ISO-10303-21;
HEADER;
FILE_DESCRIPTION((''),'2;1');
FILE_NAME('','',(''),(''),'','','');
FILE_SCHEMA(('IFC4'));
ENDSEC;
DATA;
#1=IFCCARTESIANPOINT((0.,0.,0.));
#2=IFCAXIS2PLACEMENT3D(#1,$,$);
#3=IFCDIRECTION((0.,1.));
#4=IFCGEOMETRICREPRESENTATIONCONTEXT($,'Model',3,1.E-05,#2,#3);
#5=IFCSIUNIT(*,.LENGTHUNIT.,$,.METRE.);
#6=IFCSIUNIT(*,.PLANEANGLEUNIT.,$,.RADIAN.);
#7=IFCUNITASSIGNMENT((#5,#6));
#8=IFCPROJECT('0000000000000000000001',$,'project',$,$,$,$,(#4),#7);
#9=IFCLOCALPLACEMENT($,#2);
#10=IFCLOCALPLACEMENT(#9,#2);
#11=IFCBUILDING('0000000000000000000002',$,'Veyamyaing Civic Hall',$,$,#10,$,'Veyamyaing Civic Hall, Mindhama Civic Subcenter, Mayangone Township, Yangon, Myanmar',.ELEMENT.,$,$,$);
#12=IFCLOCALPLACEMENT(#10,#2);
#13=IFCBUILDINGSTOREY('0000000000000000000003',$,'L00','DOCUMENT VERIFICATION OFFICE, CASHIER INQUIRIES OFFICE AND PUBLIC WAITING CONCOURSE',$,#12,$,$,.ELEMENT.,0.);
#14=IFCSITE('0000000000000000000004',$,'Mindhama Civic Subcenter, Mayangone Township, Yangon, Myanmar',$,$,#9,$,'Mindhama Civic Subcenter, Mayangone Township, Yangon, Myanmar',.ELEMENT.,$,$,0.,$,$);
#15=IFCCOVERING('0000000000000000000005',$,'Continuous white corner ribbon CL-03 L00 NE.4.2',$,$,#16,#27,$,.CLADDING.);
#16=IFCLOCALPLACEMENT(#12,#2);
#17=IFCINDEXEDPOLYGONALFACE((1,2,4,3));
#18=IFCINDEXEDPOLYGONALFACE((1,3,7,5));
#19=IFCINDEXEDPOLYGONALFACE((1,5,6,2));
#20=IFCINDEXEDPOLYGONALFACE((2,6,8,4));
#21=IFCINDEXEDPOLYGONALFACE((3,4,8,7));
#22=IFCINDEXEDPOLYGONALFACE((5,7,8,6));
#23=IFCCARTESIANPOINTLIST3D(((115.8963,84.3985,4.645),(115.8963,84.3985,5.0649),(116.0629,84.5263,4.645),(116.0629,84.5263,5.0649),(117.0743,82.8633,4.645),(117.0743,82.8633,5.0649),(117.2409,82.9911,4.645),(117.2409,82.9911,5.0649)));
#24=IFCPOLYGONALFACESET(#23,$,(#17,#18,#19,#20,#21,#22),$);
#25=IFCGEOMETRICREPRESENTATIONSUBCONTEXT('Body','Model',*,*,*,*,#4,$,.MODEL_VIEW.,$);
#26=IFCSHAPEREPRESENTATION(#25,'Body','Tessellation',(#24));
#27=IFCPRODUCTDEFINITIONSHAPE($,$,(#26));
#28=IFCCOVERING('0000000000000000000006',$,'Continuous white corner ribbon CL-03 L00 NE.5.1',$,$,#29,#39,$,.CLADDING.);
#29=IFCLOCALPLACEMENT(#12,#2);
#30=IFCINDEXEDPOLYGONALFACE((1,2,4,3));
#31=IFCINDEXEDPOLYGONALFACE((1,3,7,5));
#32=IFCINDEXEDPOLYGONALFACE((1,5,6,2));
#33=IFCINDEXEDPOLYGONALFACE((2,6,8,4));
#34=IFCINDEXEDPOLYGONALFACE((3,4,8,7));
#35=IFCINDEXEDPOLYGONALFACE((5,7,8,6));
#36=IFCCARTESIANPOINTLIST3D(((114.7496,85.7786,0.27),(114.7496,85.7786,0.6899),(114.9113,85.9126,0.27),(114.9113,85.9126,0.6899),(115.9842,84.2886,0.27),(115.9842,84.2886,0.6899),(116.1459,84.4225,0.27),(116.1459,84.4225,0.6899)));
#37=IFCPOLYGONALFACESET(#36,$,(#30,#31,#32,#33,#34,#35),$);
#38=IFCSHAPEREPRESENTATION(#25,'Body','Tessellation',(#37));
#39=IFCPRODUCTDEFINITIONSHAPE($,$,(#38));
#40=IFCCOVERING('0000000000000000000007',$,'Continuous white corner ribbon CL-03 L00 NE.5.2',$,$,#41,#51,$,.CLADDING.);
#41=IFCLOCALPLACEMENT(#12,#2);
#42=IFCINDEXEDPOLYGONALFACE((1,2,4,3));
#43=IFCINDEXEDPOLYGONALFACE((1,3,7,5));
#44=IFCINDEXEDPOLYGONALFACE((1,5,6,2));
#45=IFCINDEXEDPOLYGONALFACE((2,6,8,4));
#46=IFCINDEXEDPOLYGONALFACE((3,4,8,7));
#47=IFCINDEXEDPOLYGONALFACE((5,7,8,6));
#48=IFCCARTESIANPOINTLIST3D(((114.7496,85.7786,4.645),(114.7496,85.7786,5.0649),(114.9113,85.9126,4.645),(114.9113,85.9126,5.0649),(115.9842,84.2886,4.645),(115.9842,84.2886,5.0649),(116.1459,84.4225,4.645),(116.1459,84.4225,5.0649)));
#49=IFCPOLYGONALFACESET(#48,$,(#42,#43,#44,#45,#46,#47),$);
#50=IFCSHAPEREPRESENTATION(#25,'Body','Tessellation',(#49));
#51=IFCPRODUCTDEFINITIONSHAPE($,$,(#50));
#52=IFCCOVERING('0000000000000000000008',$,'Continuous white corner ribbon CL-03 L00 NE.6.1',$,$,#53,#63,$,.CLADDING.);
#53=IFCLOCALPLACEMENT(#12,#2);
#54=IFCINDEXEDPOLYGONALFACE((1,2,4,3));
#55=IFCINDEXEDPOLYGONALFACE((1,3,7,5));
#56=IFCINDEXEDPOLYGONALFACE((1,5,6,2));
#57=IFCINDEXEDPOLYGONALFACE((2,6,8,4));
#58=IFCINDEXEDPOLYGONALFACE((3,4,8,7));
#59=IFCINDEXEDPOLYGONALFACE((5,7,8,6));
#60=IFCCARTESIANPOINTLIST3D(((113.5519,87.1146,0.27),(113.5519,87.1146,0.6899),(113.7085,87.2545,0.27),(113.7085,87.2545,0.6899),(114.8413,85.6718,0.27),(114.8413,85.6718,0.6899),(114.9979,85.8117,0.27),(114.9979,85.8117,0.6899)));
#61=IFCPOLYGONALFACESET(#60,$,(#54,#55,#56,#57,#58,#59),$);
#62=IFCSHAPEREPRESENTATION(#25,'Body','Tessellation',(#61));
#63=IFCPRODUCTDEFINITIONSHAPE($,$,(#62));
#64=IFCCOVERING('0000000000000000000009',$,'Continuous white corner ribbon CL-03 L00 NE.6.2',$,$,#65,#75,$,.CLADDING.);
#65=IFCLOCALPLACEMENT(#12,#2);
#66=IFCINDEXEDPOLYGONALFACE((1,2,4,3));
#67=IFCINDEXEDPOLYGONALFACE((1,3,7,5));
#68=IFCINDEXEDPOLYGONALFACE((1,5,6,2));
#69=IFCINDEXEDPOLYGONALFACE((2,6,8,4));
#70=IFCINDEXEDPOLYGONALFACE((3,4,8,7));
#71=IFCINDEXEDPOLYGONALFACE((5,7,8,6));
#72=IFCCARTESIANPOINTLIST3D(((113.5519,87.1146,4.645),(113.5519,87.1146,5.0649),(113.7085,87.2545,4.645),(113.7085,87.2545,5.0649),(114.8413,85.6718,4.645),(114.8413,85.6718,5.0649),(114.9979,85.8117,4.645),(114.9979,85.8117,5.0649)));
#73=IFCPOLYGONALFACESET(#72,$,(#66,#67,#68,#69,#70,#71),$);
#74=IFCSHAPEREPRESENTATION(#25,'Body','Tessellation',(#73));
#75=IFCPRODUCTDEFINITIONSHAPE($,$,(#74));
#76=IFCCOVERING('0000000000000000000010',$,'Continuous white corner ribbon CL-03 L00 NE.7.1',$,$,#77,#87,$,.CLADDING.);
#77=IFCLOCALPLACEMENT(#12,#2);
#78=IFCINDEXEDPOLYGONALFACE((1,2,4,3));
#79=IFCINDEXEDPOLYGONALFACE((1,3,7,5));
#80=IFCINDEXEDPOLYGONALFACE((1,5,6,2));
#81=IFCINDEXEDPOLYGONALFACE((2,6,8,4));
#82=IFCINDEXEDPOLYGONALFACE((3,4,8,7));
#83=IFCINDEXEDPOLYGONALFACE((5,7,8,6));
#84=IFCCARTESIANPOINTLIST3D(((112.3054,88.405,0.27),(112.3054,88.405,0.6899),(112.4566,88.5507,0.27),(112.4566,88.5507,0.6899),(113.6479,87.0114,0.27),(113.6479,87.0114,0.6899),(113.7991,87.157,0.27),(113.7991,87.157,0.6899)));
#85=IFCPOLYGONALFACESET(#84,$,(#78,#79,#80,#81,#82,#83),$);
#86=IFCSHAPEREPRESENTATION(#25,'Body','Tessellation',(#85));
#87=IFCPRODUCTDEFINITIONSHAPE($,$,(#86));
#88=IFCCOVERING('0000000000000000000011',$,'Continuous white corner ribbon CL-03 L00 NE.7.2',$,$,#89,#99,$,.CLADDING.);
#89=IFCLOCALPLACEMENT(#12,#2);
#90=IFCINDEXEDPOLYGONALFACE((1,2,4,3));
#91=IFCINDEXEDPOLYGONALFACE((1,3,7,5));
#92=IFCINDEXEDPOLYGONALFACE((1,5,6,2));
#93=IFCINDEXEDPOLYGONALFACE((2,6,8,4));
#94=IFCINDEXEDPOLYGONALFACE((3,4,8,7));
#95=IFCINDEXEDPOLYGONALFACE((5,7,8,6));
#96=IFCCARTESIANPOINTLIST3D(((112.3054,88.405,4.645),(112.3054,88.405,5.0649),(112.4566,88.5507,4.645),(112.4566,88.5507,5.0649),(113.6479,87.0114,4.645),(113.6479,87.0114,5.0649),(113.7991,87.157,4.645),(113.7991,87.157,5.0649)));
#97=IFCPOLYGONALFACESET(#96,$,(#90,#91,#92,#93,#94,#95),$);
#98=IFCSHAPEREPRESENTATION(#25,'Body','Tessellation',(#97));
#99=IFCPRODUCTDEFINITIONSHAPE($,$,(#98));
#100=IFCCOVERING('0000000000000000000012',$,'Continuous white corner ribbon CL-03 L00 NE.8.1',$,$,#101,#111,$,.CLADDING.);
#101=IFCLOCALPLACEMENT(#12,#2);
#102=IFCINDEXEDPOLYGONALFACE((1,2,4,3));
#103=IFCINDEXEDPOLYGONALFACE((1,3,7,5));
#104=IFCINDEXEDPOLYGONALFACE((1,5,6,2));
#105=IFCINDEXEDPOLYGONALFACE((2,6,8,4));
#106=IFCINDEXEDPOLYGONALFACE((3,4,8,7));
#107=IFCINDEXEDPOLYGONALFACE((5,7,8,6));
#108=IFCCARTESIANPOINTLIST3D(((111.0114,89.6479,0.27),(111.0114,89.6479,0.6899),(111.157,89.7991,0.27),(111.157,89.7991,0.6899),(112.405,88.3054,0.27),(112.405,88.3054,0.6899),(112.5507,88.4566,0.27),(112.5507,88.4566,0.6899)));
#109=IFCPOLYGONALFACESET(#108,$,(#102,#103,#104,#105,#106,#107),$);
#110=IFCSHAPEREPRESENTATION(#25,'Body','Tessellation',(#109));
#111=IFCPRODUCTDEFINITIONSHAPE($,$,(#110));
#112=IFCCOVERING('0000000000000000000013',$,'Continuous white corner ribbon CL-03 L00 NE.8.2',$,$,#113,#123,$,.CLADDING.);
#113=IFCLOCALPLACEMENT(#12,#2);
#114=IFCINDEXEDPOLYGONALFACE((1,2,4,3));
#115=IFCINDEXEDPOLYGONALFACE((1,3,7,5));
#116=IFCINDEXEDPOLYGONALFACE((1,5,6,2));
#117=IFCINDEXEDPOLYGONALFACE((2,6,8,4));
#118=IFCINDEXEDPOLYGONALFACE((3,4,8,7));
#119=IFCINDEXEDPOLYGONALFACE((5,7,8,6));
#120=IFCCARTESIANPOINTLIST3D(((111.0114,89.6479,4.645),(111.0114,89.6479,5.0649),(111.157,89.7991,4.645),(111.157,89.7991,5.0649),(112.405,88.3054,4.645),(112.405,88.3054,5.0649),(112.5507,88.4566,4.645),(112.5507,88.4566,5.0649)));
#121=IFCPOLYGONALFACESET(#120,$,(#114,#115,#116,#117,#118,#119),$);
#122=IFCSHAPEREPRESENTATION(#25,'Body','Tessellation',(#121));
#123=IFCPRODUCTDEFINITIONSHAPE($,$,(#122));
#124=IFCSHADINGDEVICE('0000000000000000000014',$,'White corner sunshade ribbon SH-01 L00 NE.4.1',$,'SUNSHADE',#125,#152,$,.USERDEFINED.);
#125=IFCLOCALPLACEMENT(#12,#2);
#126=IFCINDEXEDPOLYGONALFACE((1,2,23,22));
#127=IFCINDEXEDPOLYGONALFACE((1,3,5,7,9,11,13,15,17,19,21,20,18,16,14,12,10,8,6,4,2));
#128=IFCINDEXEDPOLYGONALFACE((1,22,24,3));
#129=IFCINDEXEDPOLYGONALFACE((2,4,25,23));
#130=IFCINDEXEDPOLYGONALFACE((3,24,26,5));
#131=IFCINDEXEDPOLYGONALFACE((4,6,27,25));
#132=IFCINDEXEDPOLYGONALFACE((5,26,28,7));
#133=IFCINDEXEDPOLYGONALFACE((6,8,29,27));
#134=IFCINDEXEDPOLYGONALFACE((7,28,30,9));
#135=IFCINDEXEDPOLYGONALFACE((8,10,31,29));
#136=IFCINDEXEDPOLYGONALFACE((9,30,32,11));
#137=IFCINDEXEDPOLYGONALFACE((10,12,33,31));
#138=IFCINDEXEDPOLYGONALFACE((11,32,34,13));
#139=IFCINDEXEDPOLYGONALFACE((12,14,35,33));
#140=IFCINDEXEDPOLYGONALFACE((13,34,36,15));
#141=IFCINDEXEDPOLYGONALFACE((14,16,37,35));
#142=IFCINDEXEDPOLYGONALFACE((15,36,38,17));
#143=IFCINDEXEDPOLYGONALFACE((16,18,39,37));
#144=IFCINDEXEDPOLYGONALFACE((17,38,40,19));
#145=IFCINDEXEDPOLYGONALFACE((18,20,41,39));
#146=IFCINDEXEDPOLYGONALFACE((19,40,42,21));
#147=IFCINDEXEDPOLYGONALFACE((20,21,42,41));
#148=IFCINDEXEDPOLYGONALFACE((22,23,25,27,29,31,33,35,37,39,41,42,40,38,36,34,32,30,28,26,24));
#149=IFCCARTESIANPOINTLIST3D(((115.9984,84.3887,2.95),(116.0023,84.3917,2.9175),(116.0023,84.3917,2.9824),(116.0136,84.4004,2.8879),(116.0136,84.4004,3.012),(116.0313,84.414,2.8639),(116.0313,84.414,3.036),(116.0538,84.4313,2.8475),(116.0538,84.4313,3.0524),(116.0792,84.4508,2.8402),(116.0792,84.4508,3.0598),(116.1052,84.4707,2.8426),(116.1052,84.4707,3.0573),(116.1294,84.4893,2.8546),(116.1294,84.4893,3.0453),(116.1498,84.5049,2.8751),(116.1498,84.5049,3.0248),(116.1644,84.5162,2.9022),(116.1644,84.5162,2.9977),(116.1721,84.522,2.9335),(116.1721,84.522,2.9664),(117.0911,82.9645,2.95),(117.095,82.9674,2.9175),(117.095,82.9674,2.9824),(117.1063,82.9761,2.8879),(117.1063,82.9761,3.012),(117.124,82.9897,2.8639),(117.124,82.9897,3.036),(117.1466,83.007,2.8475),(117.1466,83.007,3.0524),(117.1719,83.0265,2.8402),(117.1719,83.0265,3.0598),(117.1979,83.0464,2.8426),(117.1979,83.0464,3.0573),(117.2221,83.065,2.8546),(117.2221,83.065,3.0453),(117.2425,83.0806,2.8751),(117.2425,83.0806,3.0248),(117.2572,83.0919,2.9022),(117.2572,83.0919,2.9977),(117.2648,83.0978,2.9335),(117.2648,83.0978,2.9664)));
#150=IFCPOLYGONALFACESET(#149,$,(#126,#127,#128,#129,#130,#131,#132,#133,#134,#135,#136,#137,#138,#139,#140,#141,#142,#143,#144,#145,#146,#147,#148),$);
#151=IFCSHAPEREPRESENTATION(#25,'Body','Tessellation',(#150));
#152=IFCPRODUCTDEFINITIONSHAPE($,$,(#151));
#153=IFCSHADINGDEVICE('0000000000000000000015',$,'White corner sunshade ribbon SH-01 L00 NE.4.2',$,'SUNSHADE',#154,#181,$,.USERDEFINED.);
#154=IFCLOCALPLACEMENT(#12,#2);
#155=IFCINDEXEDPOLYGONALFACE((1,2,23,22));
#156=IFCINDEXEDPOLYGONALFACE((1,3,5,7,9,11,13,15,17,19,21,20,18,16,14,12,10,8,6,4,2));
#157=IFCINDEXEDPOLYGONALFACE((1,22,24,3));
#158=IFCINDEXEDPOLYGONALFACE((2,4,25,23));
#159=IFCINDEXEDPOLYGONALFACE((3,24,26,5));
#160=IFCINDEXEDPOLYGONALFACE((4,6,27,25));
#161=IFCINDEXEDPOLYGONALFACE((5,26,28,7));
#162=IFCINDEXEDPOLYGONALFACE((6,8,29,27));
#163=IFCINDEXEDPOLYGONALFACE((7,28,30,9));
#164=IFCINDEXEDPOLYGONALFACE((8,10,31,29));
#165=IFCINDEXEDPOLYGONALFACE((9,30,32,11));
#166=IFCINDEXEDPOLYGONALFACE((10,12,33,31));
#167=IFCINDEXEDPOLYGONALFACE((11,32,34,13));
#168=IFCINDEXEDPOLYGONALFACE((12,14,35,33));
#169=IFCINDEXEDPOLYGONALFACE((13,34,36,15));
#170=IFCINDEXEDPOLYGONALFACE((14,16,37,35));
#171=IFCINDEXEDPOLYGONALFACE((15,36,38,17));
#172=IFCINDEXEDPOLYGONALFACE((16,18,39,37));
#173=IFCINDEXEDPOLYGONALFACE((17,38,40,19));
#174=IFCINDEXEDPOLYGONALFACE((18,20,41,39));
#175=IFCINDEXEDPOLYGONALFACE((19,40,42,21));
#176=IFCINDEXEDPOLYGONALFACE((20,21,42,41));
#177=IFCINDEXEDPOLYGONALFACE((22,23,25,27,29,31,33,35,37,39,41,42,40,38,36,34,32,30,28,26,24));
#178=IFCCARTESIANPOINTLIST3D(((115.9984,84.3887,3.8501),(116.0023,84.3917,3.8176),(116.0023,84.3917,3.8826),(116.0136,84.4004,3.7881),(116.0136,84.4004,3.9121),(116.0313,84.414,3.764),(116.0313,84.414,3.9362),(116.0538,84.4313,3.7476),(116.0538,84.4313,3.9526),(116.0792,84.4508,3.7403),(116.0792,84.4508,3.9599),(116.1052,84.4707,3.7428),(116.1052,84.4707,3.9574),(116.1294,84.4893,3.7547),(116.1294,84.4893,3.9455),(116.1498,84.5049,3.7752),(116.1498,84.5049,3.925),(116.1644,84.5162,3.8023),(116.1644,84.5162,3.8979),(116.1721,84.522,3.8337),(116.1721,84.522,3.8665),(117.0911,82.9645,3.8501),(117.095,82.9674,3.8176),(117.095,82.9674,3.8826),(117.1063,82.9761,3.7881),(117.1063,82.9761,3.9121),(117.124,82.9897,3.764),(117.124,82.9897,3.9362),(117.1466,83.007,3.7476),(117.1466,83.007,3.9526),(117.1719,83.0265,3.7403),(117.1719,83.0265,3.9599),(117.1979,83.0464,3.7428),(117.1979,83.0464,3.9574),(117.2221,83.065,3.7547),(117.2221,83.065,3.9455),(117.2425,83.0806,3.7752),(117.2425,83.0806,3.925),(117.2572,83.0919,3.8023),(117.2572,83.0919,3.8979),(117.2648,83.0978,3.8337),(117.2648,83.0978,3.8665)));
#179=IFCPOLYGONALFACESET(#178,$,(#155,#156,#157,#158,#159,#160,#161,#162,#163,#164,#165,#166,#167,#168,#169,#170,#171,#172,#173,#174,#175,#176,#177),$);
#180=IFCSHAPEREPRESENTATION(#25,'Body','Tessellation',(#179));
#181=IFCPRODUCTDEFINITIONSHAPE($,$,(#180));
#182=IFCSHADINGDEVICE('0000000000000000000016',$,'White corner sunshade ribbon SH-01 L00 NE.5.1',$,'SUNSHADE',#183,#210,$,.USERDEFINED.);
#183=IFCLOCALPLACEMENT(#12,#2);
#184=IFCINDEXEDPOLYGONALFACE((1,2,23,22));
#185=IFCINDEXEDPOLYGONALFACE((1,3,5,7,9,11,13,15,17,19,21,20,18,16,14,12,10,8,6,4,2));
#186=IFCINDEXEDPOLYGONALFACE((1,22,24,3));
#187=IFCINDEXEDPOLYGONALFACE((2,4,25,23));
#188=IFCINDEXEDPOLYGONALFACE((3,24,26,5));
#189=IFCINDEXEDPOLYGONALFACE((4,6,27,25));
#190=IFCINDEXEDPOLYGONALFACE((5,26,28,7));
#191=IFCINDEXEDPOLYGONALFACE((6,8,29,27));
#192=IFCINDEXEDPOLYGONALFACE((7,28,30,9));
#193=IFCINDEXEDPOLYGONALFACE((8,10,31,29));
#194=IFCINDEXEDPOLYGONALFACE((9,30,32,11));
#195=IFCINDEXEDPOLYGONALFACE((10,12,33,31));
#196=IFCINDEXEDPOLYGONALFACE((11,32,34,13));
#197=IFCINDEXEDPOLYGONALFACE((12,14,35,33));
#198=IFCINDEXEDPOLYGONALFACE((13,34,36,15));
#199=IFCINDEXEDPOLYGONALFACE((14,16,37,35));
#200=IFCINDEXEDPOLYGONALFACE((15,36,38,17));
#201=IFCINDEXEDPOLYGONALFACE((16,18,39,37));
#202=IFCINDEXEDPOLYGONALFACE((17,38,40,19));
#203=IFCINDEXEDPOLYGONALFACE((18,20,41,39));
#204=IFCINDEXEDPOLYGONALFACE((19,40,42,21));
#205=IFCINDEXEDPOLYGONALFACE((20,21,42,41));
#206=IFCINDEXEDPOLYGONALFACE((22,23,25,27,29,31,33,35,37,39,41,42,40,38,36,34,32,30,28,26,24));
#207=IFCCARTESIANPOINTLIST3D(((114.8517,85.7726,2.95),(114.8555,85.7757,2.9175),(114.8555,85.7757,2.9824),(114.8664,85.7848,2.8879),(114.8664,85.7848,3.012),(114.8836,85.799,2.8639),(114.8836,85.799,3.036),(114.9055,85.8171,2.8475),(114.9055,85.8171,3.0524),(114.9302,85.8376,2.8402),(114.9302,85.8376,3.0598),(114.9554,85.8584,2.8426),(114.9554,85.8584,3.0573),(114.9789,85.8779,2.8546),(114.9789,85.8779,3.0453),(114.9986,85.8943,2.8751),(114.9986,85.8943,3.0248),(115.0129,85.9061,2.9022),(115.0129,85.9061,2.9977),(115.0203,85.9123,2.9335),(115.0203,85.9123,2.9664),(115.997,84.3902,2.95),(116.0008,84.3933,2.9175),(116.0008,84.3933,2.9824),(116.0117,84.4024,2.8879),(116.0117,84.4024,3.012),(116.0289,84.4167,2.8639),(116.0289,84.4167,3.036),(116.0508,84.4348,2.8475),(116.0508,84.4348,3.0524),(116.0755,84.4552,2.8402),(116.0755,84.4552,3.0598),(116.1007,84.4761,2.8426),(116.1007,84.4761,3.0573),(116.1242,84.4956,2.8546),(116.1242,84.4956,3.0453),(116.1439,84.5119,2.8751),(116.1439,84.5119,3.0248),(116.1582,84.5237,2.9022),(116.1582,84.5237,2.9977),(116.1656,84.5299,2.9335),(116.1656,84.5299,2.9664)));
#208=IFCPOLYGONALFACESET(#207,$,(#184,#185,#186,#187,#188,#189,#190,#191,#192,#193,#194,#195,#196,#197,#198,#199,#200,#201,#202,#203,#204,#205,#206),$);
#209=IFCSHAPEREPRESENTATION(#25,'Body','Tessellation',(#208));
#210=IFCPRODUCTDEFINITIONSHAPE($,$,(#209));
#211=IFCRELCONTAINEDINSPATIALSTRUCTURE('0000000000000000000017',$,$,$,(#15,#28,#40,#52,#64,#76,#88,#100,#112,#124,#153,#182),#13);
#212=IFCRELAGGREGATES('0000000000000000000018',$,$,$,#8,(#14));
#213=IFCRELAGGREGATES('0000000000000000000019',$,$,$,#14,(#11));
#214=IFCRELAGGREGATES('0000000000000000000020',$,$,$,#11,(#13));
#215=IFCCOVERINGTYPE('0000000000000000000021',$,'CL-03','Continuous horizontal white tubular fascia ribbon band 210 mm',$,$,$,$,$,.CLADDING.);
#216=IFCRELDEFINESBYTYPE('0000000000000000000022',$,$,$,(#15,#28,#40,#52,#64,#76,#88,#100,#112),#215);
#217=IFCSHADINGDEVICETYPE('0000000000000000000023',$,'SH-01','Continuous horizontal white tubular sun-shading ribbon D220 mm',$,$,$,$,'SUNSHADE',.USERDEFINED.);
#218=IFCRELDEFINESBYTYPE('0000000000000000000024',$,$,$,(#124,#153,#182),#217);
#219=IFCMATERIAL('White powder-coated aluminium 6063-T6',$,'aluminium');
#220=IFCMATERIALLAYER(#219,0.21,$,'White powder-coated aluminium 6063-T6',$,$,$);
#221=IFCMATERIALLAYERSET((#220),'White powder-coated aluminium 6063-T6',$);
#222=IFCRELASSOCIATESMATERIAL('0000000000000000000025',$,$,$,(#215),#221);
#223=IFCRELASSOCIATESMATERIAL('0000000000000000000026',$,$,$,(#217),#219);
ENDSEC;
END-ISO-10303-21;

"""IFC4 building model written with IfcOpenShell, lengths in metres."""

from ifc_helpers import new_model, si_unit, direction, frame, origin, origin_2d, place, context, subcontext, project, spatial, rectangle, circle, extrude, material, layer, layer_set, material_profile, profile_set, type_object, element, save


model = new_model("IFC4")

# Units and contexts
model_context = context("Model", 3, precision=1e-05, world=origin(), true_north=direction((0.0, 1.0)))
body_context = subcontext(model_context, "Body", "Model", "MODEL_VIEW")
ifc_project = project(units=[si_unit("LENGTHUNIT", "METRE"), si_unit("PLANEANGLEUNIT", "RADIAN")], contexts=[model_context])

# Site, building, storey
site_placement = place(None, origin())
site = spatial("IfcSite", under=ifc_project, at=site_placement, Name="Mindhama Civic Subcenter, Mayangone Township, Yangon, Myanmar", LongName="Mindhama Civic Subcenter, Mayangone Township, Yangon, Myanmar", CompositionType="ELEMENT", RefElevation=0.0)
building_placement = place(site_placement, origin())
building = spatial("IfcBuilding", under=site, at=building_placement, Name="Veyamyaing Civic Hall", LongName="Veyamyaing Civic Hall, Mindhama Civic Subcenter, Mayangone Township, Yangon, Myanmar", CompositionType="ELEMENT")
storey_placement = place(building_placement, origin())
storey = spatial("IfcBuildingStorey", under=building, at=storey_placement, Name="L00", Description="DOCUMENT VERIFICATION OFFICE, CASHIER INQUIRIES OFFICE AND PUBLIC WAITING CONCOURSE", CompositionType="ELEMENT", Elevation=0.0)

# Coverings
ifc_material_1 = material(Name="White powder-coated aluminium 6063-T6", Category="aluminium")
ifc_layer_1 = layer(ifc_material_1, 0.21, Name="White powder-coated aluminium 6063-T6")
ifc_layer_set_1 = layer_set([ifc_layer_1], Name="White powder-coated aluminium 6063-T6")
covering_type = type_object("IfcCoveringType", Name="CL-03", Description="Continuous horizontal white tubular fascia ribbon band 210 mm", PredefinedType="CLADDING", material=ifc_layer_set_1)
for number, where, z_axis, x_axis, name in (
    (1, (116.5686, 83.6948, 4.645), (0.0, 0.0, 1.0), (-0.608761, 0.793353, 0.0), "Continuous white corner ribbon CL-03 L00 NE.4.2"),
    (2, (115.4478, 85.1006, 0.27), (0.0, 0.0, 1.0), (-0.638, 0.770036, 0.0), "Continuous white corner ribbon CL-03 L00 NE.5.1"),
    (3, (115.4478, 85.1006, 4.645), (0.0, 0.0, 1.0), (-0.638, 0.770036, 0.0), "Continuous white corner ribbon CL-03 L00 NE.5.2"),
    (4, (114.2749, 86.4631, 0.27), (0.0, 0.0, 1.0), (-0.666347, 0.745642, 0.0), "Continuous white corner ribbon CL-03 L00 NE.6.1"),
    (5, (114.2749, 86.4631, 4.645), (0.0, 0.0, 1.0), (-0.666347, 0.745642, 0.0), "Continuous white corner ribbon CL-03 L00 NE.6.2"),
    (6, (113.0522, 87.781, 0.27), (0.0, 0.0, 1.0), (-0.693761, 0.720205, 0.0), "Continuous white corner ribbon CL-03 L00 NE.7.1"),
    (7, (113.0522, 87.781, 4.645), (0.0, 0.0, 1.0), (-0.693761, 0.720205, 0.0), "Continuous white corner ribbon CL-03 L00 NE.7.2"),
    (8, (111.781, 89.0522, 0.27), (0.0, 0.0, 1.0), (-0.720205, 0.693761, 0.0), "Continuous white corner ribbon CL-03 L00 NE.8.1"),
    (9, (111.781, 89.0522, 4.645), (0.0, 0.0, 1.0), (-0.720205, 0.693761, 0.0), "Continuous white corner ribbon CL-03 L00 NE.8.2"),
):
    element("IfcCovering", number, at=place(storey_placement, frame(where, z_axis=z_axis, x_axis=x_axis)), inside=storey, type_object=covering_type, Name=name, PredefinedType="CLADDING", context=body_context, shape_type="SweptSolid", body=[
        extrude(rectangle(XDim=1.9351, YDim=0.21, at=origin_2d()), origin(), (0.0, 0.0, 1.0), 0.4199),
    ])

# Shading devices
ifc_material_profile_1 = material_profile(ifc_material_1, circle(Radius=0.1101, at=origin_2d()), Name="SHADE-TUBE-220")
ifc_profile_set_1 = profile_set([ifc_material_profile_1], Name="White powder-coated aluminium 6063-T6")
shading_device_type_1 = type_object("IfcShadingDeviceType", Name="SH-01", Description="Continuous horizontal white tubular sun-shading ribbon D220 mm", ElementType="SUNSHADE", PredefinedType="USERDEFINED", material=ifc_profile_set_1)
for number, where, z_axis, x_axis, name in (
    (10, (117.1785, 83.0315, 2.95), (-0.608711, 0.793392, 0.0), (-0.793392, -0.608711, 0.0), "White corner sunshade ribbon SH-01 L00 NE.4.1"),
    (11, (117.1785, 83.0315, 3.8501), (-0.608711, 0.793392, 0.0), (-0.793392, -0.608711, 0.0), "White corner sunshade ribbon SH-01 L00 NE.4.2"),
    (12, (116.0818, 84.4604, 2.95), (-0.637988, 0.770046, 0.0), (-0.770046, -0.637988, 0.0), "White corner sunshade ribbon SH-01 L00 NE.5.1"),
):
    element("IfcShadingDevice", number, at=place(storey_placement, frame(where, z_axis=z_axis, x_axis=x_axis)), inside=storey, type_object=shading_device_type_1, Name=name, ObjectType="SUNSHADE", PredefinedType="USERDEFINED", context=body_context, shape_type="SweptSolid", body=[
        extrude(circle(Radius=0.1101, at=origin_2d()), origin(), (0.0, 0.0, 1.0), 1.7952),
    ])

save(model, "model.ifc")
